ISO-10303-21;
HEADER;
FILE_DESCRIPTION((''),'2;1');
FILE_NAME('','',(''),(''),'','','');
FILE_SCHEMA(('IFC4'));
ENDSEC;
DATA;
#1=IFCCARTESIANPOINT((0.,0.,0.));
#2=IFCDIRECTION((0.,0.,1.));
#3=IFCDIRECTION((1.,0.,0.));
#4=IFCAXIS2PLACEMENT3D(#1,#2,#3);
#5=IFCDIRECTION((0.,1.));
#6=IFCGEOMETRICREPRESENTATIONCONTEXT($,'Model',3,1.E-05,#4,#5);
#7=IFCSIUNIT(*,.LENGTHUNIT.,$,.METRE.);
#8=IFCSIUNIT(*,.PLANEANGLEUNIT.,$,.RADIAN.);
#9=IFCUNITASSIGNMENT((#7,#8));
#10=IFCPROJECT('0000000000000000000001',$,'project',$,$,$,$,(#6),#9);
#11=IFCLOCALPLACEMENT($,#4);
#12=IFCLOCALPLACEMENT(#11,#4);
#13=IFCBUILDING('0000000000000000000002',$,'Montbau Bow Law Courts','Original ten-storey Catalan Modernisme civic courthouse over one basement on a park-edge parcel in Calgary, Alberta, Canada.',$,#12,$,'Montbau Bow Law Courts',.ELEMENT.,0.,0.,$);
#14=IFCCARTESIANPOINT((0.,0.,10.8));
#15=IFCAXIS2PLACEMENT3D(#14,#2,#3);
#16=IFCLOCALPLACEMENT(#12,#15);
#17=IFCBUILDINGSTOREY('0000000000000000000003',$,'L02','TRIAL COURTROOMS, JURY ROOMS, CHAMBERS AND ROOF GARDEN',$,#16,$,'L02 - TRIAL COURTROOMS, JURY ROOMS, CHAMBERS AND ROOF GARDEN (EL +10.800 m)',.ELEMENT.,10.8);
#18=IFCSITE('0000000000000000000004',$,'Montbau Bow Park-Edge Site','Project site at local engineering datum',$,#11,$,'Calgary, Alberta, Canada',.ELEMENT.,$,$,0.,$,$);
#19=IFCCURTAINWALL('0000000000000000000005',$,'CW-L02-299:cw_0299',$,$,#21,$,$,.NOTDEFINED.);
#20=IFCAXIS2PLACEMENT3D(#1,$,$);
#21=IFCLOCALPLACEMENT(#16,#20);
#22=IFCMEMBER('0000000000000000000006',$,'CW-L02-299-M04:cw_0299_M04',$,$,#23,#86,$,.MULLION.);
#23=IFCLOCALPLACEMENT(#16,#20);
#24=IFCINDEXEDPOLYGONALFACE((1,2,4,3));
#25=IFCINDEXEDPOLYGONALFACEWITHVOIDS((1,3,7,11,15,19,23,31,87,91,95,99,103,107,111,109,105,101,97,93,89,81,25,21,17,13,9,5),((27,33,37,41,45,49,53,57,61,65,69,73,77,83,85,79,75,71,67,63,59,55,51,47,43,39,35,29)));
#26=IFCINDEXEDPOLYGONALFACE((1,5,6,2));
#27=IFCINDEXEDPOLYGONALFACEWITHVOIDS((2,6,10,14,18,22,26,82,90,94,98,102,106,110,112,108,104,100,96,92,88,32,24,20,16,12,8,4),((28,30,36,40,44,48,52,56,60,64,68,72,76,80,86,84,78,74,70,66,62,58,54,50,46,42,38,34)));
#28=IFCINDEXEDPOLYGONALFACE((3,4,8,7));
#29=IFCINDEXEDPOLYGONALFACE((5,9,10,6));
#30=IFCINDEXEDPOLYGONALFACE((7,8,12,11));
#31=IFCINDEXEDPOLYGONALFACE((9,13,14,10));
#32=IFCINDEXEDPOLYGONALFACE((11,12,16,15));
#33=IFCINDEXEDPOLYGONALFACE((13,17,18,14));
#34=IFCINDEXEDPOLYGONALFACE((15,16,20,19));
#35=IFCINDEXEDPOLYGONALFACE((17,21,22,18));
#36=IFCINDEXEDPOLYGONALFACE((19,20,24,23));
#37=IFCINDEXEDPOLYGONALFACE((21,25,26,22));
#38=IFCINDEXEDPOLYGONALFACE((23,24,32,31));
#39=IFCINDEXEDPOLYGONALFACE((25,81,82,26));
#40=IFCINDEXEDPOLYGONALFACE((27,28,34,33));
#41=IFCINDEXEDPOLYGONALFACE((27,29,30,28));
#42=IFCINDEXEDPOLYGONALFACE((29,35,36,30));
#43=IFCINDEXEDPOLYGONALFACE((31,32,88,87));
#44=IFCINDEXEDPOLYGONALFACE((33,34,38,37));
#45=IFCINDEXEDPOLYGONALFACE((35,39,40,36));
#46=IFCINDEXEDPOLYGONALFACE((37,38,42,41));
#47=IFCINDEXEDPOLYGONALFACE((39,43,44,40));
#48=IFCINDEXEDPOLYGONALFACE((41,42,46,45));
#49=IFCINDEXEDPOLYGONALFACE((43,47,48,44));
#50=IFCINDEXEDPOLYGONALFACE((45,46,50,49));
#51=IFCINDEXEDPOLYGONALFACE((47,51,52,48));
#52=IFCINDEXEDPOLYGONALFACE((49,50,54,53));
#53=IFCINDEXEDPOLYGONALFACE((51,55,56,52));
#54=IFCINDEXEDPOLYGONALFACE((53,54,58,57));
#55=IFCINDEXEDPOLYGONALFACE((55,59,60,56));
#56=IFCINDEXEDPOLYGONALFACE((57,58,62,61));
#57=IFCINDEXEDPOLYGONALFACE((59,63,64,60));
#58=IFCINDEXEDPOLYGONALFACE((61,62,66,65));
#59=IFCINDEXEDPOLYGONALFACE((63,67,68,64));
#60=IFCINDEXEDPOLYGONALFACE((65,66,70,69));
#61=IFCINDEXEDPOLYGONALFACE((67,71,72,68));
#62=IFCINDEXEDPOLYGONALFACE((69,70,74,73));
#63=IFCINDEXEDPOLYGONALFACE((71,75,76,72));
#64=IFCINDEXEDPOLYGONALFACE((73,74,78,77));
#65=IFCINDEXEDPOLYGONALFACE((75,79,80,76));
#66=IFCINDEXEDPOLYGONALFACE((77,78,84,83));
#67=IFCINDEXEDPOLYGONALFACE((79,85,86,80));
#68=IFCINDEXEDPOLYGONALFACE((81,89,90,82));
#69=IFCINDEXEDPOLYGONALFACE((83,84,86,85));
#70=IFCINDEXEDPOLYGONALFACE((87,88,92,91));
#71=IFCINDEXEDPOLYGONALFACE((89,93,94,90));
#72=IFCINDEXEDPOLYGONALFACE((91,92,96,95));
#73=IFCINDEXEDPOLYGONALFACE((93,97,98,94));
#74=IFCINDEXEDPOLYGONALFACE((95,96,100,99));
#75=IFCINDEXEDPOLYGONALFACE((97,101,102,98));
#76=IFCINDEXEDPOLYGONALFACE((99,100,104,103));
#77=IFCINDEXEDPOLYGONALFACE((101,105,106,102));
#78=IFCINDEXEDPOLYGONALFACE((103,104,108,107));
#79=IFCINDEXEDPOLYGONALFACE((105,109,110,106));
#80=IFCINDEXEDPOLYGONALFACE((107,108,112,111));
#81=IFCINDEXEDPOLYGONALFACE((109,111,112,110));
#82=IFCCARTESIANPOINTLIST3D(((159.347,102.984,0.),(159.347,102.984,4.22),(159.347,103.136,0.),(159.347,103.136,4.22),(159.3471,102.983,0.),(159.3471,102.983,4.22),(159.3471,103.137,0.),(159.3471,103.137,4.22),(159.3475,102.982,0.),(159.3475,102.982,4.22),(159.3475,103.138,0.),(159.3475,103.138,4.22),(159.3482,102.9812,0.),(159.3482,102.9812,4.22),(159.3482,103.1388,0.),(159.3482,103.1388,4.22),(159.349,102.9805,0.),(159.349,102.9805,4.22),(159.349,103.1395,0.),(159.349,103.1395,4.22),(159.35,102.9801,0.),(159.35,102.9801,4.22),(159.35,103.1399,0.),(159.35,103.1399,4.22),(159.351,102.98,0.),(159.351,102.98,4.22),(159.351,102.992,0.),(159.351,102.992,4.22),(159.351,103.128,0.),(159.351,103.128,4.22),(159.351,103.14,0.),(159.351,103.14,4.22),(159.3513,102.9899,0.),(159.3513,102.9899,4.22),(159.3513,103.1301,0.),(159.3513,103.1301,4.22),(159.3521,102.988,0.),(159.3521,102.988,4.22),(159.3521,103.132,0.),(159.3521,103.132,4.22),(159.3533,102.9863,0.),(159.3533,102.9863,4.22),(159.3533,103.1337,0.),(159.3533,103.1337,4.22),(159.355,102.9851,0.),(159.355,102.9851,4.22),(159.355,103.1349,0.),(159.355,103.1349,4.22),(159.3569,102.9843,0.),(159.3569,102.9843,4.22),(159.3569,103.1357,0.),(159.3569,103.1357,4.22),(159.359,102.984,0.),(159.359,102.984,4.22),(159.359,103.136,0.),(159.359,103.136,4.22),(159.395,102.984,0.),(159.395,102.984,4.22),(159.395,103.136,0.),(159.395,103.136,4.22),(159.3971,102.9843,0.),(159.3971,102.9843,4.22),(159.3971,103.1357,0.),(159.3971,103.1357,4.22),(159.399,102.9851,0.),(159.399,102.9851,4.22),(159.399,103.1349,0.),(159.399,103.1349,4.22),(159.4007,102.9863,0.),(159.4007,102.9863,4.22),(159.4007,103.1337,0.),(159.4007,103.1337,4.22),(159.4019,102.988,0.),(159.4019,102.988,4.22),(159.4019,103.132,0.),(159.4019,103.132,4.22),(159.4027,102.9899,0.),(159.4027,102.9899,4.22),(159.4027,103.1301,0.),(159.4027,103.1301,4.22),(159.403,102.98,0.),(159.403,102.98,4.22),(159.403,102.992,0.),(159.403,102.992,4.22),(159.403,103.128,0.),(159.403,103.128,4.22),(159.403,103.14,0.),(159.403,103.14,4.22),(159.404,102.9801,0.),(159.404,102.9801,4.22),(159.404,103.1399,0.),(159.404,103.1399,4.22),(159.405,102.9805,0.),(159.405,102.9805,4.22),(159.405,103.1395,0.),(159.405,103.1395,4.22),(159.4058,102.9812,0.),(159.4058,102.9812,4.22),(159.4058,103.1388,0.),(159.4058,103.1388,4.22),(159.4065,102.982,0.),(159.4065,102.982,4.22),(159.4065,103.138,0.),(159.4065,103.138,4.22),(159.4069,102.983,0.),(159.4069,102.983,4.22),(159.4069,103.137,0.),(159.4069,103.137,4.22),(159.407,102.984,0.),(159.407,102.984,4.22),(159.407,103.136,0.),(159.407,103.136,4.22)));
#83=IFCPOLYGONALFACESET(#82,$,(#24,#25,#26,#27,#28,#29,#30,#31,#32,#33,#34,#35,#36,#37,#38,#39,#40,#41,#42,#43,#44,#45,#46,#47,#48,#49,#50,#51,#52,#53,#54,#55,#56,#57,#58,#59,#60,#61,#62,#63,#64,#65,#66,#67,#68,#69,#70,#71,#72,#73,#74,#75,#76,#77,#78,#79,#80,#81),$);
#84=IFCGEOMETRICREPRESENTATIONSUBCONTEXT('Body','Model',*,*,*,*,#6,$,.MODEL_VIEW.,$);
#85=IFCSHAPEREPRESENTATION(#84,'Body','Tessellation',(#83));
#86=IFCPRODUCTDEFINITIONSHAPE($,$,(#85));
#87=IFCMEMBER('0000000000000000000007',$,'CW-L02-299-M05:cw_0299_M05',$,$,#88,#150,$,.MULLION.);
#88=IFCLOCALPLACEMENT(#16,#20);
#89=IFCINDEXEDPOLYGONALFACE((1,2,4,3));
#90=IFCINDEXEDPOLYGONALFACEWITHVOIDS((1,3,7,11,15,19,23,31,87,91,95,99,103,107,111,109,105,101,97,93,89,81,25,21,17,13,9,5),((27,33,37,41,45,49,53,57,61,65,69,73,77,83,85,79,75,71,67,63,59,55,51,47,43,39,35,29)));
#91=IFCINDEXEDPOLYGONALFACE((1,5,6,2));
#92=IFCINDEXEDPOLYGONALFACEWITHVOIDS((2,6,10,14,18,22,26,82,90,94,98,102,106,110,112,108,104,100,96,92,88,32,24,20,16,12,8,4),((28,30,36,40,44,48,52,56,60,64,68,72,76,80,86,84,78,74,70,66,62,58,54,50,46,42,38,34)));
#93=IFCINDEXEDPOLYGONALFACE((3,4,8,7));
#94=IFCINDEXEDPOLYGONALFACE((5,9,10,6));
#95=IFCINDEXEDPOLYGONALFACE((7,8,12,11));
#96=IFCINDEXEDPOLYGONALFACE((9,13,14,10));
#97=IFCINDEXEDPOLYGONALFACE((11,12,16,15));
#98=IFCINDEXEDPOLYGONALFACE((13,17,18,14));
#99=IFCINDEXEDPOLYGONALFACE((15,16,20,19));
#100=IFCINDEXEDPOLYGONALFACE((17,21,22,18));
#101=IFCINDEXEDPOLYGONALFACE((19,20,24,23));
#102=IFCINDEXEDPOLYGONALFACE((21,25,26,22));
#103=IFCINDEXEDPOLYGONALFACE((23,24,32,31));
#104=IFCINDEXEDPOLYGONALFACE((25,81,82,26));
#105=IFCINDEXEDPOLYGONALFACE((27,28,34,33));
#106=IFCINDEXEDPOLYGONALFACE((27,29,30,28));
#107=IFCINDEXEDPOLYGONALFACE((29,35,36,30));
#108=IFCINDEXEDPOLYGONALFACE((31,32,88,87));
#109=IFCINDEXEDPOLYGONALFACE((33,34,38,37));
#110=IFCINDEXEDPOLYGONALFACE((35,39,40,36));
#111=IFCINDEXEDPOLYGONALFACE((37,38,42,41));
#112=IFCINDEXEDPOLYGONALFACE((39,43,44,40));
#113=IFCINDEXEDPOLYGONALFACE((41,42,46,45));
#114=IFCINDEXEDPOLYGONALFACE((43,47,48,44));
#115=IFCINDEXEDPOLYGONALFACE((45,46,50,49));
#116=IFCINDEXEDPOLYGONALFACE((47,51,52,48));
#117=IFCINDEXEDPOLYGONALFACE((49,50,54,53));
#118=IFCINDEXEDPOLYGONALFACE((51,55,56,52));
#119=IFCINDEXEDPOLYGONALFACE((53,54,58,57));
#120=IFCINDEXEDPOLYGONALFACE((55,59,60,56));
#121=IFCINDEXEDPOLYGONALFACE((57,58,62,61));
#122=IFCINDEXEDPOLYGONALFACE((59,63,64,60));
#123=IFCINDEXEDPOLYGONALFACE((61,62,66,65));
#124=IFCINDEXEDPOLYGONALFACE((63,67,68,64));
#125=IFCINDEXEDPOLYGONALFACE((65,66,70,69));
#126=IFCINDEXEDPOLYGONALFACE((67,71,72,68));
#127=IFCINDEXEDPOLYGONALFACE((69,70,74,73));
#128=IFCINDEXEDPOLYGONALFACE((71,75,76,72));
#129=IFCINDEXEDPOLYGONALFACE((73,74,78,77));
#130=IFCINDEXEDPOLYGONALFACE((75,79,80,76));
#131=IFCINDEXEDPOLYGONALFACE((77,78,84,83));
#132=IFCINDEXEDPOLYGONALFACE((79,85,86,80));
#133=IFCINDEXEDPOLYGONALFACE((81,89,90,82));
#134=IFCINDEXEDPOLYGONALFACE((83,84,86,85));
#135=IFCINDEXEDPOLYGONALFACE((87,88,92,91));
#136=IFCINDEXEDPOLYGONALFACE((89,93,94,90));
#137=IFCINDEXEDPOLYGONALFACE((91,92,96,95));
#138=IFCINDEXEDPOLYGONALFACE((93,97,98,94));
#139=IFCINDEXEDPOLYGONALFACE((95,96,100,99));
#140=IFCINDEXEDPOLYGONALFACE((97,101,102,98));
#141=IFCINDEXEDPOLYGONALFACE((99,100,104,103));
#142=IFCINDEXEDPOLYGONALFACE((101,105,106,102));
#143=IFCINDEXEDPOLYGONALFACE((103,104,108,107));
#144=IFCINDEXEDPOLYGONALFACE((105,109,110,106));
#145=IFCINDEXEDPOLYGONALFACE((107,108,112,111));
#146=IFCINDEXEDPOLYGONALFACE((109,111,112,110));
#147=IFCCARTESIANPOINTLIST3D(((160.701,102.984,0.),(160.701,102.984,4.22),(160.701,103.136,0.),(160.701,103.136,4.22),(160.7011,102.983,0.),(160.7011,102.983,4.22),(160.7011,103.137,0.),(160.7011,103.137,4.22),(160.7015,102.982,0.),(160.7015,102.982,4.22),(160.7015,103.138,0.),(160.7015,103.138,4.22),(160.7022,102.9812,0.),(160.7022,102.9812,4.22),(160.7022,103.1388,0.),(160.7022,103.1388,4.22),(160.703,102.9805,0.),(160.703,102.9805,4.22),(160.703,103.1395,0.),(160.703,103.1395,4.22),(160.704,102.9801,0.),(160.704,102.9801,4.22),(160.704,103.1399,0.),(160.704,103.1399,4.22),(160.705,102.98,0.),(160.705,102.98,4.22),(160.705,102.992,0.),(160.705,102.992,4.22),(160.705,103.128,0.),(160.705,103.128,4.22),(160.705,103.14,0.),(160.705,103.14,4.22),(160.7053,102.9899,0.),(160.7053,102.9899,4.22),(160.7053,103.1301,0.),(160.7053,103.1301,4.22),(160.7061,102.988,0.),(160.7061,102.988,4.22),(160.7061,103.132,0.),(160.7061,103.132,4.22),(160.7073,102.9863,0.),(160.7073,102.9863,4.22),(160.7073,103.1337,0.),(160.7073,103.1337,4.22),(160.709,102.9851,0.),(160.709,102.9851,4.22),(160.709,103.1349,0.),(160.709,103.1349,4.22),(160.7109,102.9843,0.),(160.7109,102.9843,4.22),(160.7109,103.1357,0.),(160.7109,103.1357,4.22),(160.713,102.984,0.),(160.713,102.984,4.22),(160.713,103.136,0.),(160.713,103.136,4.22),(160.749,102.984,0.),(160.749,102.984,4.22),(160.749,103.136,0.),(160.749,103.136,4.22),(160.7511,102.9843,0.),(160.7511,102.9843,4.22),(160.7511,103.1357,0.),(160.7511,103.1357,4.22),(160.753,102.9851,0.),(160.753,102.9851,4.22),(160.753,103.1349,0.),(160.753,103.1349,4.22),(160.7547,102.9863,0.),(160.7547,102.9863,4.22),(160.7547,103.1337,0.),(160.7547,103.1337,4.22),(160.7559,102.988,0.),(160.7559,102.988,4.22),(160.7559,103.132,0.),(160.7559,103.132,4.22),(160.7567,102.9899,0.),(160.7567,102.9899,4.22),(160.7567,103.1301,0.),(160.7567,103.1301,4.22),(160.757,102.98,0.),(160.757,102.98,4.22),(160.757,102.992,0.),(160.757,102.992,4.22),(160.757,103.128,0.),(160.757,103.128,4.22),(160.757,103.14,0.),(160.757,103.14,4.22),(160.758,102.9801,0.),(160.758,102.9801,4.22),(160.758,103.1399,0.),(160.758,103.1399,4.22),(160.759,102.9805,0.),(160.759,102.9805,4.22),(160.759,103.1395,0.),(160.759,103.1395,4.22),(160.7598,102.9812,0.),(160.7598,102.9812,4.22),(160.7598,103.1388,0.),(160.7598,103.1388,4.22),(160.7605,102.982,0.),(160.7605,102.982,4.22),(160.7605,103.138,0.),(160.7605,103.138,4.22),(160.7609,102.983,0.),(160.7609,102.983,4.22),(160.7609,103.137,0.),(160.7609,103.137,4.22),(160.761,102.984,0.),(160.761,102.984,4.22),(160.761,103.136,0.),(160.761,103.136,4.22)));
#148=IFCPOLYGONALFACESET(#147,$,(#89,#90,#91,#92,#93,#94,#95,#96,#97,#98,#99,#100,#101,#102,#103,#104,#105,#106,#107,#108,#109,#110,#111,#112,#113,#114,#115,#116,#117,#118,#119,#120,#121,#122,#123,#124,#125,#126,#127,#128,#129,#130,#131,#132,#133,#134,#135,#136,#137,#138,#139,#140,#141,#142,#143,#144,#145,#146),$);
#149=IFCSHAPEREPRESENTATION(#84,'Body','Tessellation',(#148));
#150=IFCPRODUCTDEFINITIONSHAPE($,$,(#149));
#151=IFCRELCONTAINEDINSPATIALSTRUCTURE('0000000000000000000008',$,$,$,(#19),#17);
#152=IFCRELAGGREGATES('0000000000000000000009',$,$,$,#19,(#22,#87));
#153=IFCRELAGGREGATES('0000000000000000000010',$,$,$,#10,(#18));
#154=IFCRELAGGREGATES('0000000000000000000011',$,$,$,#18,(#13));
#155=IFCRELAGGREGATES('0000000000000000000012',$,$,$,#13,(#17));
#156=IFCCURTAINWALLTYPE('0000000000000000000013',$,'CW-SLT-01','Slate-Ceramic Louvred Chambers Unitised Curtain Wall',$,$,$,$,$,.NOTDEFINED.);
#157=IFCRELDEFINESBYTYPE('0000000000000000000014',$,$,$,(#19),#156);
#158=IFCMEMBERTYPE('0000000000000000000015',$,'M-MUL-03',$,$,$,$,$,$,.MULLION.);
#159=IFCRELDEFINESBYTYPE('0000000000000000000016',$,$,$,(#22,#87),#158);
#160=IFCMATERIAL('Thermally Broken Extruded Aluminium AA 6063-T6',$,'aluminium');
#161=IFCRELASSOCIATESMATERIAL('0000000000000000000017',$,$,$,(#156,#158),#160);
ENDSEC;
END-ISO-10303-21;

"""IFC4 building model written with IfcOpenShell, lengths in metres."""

from ifc_helpers import new_model, si_unit, direction, frame, origin_with_axes, origin_2d_with_axis, place, context, subcontext, project, spatial, hollow_rectangle, extrude, material, material_profile, profile_set, type_object, element, aggregate, save


model = new_model("IFC4")

# Units and contexts
model_context = context("Model", 3, precision=1e-05, world=origin_with_axes(), true_north=direction((0.0, 1.0)))
body_context = subcontext(model_context, "Body", "Model", "MODEL_VIEW")
ifc_project = project(units=[si_unit("LENGTHUNIT", "METRE"), si_unit("PLANEANGLEUNIT", "RADIAN")], contexts=[model_context])

# Site, building, storey
site_placement = place(None, origin_with_axes())
site = spatial("IfcSite", under=ifc_project, at=site_placement, Name="Montbau Bow Park-Edge Site", Description="Project site at local engineering datum", LongName="Calgary, Alberta, Canada", CompositionType="ELEMENT", RefElevation=0.0)
building_placement = place(site_placement, origin_with_axes())
building = spatial("IfcBuilding", under=site, at=building_placement, Name="Montbau Bow Law Courts", Description="Original ten-storey Catalan Modernisme civic courthouse over one basement on a park-edge parcel in Calgary, Alberta, Canada.", LongName="Montbau Bow Law Courts", CompositionType="ELEMENT", ElevationOfRefHeight=0.0, ElevationOfTerrain=0.0)
storey_placement = place(building_placement, frame((0.0, 0.0, 10.8), z_axis=(0.0, 0.0, 1.0), x_axis=(1.0, 0.0, 0.0)))
storey = spatial("IfcBuildingStorey", under=building, at=storey_placement, Name="L02", Description="TRIAL COURTROOMS, JURY ROOMS, CHAMBERS AND ROOF GARDEN", LongName="L02 - TRIAL COURTROOMS, JURY ROOMS, CHAMBERS AND ROOF GARDEN (EL +10.800 m)", CompositionType="ELEMENT", Elevation=10.8)

# Curtain wall, members
ifc_material_1 = material(Name="Thermally Broken Extruded Aluminium AA 6063-T6", Category="aluminium")
curtain_wall_type = type_object("IfcCurtainWallType", Name="CW-SLT-01", Description="Slate-Ceramic Louvred Chambers Unitised Curtain Wall", PredefinedType="NOTDEFINED", material=ifc_material_1)
curtain_wall_placement = place(None, frame((155.315, 103.06, 10.8), z_axis=(0.0, 0.0, 1.0), x_axis=(1.0, 0.0, 0.0)))
curtain_wall = element("IfcCurtainWall", 1, at=curtain_wall_placement, inside=storey, type_object=curtain_wall_type, Name="CW-L02-299:cw_0299", PredefinedType="NOTDEFINED")
ifc_material_profile_1 = material_profile(ifc_material_1, hollow_rectangle(XDim=0.06, YDim=0.16, WallThickness=0.004, InnerFilletRadius=0.008, OuterFilletRadius=0.004, at=origin_2d_with_axis()), Name="CWM-160X60", Category="Main", Priority=0)
ifc_profile_set_1 = profile_set([ifc_material_profile_1], Name="Thermally Broken Extruded Aluminium AA 6063-T6")
member_type_1 = type_object("IfcMemberType", Name="M-MUL-03", PredefinedType="MULLION", material=ifc_profile_set_1)
member_1_placement = place(None, frame((159.377, 103.06, 10.8), z_axis=(0.0, 0.0, 1.0), x_axis=(1.0, 0.0, 0.0)))
member_1 = element("IfcMember", 2, at=member_1_placement, type_object=member_type_1, Name="CW-L02-299-M04:cw_0299_M04", PredefinedType="MULLION", context=body_context, shape_type="SweptSolid", body=[
    extrude(hollow_rectangle(XDim=0.06, YDim=0.16, WallThickness=0.004, InnerFilletRadius=0.008, OuterFilletRadius=0.004, at=origin_2d_with_axis()), origin_with_axes(), (0.0, 0.0, 1.0), 4.22),
])
member_2_placement = place(None, frame((160.731, 103.06, 10.8), z_axis=(0.0, 0.0, 1.0), x_axis=(1.0, 0.0, 0.0)))
member_2 = element("IfcMember", 3, at=member_2_placement, type_object=member_type_1, Name="CW-L02-299-M05:cw_0299_M05", PredefinedType="MULLION", context=body_context, shape_type="SweptSolid", body=[
    extrude(hollow_rectangle(XDim=0.06, YDim=0.16, WallThickness=0.004, InnerFilletRadius=0.008, OuterFilletRadius=0.004, at=origin_2d_with_axis()), origin_with_axes(), (0.0, 0.0, 1.0), 4.22),
])
aggregate(curtain_wall, [member_1, member_2])

save(model, "model.ifc")
